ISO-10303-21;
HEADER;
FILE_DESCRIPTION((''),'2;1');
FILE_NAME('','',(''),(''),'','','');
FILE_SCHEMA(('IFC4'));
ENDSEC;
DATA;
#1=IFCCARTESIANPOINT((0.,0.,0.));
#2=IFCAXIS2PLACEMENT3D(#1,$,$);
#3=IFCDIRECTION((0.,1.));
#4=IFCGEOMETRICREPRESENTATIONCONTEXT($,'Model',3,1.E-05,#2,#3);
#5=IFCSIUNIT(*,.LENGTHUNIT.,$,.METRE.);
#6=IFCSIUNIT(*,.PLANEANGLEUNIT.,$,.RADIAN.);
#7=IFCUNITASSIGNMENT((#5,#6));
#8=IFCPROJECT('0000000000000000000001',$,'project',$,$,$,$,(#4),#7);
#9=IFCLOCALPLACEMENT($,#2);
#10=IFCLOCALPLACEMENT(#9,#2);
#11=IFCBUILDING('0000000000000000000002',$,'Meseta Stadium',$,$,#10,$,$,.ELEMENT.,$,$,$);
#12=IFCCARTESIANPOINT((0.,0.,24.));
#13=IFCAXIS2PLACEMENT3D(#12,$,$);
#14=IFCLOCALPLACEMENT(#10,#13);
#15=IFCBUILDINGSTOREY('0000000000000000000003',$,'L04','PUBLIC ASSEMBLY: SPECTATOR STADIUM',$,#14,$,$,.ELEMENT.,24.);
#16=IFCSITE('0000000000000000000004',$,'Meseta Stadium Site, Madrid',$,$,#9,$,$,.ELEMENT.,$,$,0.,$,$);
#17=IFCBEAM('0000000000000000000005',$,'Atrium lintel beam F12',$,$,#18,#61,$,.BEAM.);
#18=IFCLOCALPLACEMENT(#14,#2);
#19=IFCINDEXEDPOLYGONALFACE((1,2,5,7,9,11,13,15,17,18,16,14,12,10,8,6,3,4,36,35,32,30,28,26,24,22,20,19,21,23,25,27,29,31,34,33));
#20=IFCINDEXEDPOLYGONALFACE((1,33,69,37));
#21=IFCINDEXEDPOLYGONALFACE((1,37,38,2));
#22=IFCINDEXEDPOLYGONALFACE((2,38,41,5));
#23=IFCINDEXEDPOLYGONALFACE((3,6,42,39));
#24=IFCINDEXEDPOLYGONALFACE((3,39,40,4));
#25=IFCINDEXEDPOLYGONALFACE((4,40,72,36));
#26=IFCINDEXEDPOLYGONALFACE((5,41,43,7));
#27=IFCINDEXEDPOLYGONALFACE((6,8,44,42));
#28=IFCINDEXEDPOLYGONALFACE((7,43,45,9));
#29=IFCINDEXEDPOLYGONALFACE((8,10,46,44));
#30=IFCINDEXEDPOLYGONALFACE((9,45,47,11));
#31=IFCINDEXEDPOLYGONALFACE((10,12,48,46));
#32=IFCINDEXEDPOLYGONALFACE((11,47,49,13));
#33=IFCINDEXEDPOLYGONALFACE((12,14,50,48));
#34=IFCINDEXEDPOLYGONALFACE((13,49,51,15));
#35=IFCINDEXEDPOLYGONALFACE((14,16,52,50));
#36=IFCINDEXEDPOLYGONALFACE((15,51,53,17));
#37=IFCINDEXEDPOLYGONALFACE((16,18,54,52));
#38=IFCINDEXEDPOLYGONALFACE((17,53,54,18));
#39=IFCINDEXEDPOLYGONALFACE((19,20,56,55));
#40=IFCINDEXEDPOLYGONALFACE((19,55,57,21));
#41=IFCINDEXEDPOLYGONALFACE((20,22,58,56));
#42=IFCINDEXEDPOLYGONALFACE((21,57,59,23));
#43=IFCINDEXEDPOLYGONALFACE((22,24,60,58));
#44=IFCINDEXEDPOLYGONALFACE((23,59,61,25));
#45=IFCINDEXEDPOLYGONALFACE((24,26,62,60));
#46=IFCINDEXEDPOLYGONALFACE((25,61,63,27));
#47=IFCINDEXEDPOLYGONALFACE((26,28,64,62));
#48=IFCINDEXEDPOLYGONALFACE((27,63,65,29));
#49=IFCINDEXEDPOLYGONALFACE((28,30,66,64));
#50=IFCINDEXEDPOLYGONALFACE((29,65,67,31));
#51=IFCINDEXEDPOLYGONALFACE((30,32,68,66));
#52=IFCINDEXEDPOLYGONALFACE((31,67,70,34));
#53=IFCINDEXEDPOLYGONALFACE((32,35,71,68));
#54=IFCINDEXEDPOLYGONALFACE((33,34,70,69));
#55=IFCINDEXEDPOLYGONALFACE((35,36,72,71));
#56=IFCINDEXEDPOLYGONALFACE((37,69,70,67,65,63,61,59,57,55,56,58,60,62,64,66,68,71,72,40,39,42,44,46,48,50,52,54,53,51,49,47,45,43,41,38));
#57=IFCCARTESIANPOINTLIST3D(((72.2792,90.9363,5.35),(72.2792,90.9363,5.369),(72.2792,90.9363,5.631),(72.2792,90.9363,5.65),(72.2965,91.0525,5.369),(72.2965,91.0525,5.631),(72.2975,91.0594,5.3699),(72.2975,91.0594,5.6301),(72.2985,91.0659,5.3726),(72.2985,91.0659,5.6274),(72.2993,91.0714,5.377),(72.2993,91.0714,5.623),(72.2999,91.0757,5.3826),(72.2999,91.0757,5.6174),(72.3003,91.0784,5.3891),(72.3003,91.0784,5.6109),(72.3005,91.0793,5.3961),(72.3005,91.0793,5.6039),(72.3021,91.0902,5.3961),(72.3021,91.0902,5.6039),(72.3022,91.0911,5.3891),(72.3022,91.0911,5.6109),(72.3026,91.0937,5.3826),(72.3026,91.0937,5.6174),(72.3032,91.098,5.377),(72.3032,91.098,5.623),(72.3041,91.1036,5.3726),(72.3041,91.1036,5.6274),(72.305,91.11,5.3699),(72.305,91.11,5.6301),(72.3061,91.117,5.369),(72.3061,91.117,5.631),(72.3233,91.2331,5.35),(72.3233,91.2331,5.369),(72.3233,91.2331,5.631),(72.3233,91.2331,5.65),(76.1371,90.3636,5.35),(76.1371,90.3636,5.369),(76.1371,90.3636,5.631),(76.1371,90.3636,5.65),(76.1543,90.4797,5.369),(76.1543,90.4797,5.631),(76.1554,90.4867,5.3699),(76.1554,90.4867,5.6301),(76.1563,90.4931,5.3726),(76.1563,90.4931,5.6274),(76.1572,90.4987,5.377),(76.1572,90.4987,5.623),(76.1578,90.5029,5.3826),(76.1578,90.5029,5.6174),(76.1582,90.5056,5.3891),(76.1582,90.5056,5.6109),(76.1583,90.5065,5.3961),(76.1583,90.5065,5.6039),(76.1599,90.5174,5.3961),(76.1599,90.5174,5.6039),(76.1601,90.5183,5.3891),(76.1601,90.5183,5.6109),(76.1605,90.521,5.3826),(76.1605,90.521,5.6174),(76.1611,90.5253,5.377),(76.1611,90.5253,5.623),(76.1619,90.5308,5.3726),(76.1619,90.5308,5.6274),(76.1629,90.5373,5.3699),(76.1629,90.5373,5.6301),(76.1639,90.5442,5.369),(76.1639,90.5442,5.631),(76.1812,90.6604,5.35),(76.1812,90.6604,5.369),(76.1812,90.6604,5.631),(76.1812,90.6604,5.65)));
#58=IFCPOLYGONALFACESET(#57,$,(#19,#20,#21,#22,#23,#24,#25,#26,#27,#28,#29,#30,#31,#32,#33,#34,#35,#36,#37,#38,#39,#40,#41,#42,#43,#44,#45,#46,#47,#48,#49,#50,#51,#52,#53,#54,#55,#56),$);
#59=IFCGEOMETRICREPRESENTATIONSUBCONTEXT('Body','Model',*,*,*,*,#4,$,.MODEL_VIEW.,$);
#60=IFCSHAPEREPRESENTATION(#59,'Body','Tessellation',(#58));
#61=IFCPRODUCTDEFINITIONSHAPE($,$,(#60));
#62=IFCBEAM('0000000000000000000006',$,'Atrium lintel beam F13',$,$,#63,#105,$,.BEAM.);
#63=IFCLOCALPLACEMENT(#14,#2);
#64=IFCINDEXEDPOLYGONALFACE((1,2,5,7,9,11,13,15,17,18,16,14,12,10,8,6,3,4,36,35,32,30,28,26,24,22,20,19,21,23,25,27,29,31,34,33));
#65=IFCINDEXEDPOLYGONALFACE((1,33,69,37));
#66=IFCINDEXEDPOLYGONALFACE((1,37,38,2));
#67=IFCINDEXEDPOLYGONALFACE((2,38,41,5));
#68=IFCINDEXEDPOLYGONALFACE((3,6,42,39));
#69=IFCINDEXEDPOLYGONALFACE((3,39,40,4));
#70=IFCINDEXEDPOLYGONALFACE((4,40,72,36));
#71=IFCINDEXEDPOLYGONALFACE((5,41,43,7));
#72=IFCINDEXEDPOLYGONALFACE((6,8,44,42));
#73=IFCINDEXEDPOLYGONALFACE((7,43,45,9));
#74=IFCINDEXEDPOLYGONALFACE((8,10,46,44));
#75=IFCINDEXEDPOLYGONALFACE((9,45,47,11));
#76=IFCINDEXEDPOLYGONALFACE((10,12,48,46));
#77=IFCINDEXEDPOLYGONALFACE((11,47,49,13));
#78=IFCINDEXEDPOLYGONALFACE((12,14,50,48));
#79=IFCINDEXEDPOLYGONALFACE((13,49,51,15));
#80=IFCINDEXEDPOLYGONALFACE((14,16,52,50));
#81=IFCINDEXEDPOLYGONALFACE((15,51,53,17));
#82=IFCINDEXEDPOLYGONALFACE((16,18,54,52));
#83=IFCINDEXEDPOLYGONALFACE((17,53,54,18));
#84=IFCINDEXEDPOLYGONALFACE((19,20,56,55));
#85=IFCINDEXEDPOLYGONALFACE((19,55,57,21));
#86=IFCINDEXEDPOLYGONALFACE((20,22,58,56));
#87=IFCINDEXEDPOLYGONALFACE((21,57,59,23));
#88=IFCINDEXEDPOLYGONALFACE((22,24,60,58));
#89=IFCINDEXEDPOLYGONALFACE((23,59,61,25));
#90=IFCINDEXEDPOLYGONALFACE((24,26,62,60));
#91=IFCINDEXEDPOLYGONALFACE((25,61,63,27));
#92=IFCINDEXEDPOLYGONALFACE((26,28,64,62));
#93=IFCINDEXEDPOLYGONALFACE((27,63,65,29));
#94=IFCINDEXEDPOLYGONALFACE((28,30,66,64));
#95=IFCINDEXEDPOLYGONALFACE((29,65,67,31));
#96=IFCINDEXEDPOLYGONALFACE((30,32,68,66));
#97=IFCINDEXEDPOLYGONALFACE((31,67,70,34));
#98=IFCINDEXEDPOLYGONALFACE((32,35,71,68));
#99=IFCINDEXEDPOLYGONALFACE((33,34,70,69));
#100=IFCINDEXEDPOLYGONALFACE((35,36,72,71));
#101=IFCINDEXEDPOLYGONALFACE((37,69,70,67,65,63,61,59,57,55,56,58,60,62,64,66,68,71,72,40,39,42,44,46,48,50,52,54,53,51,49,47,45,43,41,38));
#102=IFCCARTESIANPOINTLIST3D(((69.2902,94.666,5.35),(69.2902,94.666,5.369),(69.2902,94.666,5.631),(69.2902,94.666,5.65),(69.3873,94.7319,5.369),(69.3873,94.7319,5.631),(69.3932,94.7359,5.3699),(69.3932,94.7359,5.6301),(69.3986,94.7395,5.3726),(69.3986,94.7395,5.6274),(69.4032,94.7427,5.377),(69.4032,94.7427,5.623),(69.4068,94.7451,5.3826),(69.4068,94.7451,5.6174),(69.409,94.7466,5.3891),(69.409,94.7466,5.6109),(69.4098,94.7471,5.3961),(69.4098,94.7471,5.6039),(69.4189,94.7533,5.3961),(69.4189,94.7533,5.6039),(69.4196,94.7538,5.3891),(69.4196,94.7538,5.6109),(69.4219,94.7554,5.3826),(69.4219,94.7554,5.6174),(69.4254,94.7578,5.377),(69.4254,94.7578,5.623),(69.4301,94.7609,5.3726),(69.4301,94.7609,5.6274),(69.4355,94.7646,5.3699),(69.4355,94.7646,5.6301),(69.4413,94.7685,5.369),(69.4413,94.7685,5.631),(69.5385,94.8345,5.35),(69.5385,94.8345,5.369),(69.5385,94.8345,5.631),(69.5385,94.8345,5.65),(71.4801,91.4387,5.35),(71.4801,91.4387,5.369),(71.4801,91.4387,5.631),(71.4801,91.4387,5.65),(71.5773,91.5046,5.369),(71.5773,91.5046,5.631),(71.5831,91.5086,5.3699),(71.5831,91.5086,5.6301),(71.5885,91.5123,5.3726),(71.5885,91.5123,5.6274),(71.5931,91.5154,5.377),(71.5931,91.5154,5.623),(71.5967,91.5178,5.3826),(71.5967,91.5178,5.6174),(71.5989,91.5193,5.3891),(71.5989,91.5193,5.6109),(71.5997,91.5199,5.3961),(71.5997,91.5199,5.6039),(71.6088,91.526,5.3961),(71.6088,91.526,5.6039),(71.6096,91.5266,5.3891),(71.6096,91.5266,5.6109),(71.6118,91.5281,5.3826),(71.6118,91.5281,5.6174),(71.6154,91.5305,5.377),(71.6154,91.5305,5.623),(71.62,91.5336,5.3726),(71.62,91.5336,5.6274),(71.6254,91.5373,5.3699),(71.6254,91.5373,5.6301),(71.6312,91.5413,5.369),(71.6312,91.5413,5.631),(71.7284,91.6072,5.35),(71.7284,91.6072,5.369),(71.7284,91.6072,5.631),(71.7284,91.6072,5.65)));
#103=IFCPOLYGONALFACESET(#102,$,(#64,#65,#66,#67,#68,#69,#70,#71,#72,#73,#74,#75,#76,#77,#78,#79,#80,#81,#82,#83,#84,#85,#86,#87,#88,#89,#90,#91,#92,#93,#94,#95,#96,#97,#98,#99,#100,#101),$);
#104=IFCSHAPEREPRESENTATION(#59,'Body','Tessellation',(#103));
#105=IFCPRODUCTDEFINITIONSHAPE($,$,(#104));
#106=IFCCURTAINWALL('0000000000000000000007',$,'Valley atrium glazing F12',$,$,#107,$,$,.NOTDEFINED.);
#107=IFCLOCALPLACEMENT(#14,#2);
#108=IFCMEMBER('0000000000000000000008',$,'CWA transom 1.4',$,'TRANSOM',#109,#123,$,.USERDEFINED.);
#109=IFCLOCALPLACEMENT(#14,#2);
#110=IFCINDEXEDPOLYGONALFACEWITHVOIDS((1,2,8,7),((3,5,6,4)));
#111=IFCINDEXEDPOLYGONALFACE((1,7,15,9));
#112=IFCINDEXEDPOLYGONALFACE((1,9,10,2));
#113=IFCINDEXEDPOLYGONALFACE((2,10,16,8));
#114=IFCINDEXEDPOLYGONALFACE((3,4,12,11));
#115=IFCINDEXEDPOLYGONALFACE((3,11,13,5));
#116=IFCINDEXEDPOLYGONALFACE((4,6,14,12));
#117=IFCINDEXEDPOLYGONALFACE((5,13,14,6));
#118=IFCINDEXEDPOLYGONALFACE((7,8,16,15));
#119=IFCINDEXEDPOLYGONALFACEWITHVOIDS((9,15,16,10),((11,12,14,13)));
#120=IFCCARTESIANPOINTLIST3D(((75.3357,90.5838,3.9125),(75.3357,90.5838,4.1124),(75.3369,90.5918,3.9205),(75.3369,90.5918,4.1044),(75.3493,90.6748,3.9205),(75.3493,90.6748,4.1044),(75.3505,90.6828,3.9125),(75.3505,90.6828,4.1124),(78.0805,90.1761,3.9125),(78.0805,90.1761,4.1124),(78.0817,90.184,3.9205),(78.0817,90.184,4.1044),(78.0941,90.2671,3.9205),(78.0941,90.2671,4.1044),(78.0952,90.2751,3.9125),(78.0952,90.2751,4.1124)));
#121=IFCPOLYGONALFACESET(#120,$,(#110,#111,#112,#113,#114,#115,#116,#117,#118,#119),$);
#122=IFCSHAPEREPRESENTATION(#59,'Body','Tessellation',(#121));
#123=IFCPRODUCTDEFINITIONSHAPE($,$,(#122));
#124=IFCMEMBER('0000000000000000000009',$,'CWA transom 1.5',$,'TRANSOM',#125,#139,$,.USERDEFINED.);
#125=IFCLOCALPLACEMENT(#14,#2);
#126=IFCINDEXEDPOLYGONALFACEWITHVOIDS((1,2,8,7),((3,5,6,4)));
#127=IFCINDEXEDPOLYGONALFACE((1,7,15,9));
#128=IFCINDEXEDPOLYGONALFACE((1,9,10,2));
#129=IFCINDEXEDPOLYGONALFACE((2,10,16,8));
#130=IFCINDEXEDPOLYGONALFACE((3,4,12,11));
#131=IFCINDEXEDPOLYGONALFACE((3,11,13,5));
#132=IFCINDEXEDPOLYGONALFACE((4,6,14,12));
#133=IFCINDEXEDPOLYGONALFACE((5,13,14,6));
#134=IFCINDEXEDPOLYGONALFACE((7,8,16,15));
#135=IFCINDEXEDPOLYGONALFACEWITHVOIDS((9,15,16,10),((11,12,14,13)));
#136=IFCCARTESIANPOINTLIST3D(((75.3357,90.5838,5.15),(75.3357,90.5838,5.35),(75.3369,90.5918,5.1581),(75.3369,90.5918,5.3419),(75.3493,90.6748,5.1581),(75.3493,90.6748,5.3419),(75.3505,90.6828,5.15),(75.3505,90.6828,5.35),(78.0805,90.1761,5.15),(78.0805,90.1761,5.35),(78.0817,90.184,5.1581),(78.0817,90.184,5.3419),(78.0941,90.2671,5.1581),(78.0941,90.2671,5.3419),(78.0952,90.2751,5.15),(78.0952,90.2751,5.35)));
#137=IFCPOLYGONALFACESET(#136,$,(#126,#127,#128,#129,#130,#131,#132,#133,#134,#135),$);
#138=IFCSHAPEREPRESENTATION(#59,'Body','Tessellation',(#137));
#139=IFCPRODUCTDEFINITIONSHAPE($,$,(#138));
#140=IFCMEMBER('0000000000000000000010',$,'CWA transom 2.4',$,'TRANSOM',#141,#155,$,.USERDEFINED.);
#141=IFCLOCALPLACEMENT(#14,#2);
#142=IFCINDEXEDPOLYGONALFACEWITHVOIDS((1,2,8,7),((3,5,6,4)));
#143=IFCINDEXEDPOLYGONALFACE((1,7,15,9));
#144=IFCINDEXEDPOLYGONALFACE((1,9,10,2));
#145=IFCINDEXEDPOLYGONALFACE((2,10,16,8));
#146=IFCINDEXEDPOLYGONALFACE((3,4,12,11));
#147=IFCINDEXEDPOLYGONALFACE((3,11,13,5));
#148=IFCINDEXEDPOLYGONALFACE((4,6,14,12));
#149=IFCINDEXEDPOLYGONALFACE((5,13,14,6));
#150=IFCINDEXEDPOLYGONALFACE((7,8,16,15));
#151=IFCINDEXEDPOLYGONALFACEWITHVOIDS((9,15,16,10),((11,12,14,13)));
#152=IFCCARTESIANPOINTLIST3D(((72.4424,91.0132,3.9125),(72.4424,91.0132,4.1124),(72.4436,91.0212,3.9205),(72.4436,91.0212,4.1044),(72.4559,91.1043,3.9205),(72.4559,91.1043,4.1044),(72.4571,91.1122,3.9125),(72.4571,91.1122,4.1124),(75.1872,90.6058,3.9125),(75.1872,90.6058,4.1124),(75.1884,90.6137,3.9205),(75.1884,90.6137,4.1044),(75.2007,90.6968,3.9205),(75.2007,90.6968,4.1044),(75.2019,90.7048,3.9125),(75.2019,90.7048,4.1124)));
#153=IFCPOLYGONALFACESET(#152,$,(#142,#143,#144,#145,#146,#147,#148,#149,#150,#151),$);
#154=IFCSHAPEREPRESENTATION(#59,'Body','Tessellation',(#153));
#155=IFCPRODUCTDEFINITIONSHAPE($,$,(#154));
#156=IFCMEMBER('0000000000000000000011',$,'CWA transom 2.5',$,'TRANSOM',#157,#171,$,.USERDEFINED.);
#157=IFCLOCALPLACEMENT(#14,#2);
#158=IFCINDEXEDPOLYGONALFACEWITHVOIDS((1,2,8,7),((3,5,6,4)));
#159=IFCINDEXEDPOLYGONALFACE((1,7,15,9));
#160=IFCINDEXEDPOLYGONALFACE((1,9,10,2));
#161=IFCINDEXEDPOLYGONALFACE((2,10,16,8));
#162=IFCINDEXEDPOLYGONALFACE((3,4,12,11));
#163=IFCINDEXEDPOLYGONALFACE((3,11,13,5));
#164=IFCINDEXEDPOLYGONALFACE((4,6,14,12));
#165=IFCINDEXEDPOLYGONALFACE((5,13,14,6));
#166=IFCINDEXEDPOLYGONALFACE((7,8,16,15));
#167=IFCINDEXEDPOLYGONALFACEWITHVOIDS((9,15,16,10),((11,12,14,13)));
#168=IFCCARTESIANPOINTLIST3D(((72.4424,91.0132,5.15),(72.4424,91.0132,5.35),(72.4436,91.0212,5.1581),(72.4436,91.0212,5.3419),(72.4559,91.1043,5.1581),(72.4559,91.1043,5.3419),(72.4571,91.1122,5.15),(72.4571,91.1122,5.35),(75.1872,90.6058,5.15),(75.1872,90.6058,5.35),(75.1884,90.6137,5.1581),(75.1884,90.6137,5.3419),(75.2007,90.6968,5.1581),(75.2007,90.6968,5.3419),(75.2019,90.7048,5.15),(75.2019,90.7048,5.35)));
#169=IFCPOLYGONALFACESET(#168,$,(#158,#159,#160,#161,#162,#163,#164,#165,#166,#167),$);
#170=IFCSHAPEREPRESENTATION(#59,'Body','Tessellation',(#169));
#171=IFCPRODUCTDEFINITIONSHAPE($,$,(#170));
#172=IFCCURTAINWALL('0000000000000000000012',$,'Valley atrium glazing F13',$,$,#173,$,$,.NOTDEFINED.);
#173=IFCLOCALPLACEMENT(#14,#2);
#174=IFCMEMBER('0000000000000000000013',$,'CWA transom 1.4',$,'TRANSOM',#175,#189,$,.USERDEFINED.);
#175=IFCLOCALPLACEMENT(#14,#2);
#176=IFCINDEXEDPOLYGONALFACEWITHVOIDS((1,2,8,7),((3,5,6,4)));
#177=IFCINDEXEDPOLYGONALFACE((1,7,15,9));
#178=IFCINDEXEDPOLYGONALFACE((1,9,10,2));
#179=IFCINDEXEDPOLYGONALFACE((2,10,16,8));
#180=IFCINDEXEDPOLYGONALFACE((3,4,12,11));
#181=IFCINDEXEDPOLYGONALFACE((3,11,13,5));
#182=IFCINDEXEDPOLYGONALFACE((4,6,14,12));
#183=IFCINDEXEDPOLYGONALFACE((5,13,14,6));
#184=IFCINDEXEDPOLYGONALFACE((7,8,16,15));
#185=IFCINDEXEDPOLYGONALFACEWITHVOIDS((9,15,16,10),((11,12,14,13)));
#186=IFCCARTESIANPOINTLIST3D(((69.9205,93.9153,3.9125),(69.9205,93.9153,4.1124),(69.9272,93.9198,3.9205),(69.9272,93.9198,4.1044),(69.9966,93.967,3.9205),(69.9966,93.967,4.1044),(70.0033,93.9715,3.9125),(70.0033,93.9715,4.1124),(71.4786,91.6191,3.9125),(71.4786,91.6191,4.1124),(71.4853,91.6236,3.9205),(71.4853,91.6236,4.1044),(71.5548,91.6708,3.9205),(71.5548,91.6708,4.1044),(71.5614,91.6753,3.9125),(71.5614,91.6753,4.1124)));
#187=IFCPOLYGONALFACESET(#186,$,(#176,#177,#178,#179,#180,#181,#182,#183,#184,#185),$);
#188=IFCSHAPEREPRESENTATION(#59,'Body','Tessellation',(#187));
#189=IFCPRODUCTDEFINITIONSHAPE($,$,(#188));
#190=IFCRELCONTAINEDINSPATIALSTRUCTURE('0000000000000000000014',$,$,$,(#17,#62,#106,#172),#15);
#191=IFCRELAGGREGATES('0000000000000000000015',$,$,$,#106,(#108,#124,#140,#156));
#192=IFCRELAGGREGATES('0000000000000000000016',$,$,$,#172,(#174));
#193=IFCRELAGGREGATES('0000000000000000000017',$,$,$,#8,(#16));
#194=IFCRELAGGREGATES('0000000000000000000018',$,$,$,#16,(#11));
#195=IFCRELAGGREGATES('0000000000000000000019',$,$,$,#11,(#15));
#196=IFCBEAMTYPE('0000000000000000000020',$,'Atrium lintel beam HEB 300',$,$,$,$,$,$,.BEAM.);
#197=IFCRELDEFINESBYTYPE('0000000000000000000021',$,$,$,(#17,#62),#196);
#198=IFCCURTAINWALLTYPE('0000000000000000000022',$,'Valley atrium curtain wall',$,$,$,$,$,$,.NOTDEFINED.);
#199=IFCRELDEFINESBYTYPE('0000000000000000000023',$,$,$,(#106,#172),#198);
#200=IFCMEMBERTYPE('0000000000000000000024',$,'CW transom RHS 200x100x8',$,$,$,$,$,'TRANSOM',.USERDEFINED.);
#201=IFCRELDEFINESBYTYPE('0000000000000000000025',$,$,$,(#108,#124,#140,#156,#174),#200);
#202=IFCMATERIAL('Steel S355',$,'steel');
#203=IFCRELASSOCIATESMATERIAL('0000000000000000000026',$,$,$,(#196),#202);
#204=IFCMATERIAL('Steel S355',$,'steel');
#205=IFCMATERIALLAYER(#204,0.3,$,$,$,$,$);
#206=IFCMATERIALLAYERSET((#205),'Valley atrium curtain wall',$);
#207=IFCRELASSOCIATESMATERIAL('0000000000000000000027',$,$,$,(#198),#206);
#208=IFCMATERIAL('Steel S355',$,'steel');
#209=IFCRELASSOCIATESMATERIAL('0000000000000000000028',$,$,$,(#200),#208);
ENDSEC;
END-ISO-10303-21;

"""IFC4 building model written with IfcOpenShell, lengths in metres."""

from ifc_helpers import new_model, si_unit, direction, frame, origin, origin_2d, place, context, subcontext, project, spatial, hollow_rectangle, i_section, extrude, material, layer, layer_set, material_profile, profile_set, type_object, element, aggregate, save


model = new_model("IFC4")

# Units and contexts
model_context = context("Model", 3, precision=1e-05, world=origin(), true_north=direction((0.0, 1.0)))
body_context = subcontext(model_context, "Body", "Model", "MODEL_VIEW")
ifc_project = project(units=[si_unit("LENGTHUNIT", "METRE"), si_unit("PLANEANGLEUNIT", "RADIAN")], contexts=[model_context])

# Site, building, storey
site_placement = place(None, origin())
site = spatial("IfcSite", under=ifc_project, at=site_placement, Name="Meseta Stadium Site, Madrid", CompositionType="ELEMENT", RefElevation=0.0)
building_placement = place(site_placement, origin())
building = spatial("IfcBuilding", under=site, at=building_placement, Name="Meseta Stadium", CompositionType="ELEMENT")
storey_placement = place(building_placement, frame((0.0, 0.0, 24.0)))
storey = spatial("IfcBuildingStorey", under=building, at=storey_placement, Name="L04", Description="PUBLIC ASSEMBLY: SPECTATOR STADIUM", CompositionType="ELEMENT", Elevation=24.0)

# Beams
ifc_material_1 = material(Name="Steel S355", Category="steel")
ifc_material_profile_1 = material_profile(ifc_material_1, i_section(OverallWidth=0.3, OverallDepth=0.3, WebThickness=0.011, FlangeThickness=0.019, FilletRadius=0.0271, at=origin_2d()), Name="HEB 300")
ifc_profile_set_1 = profile_set([ifc_material_profile_1], Name="Steel S355")
beam_type = type_object("IfcBeamType", Name="Atrium lintel beam HEB 300", PredefinedType="BEAM", material=ifc_profile_set_1)
for number, where, z_axis, x_axis, name in (
    (1, (72.3013, 91.0847, 5.5), (0.989158, -0.146853, 0.0), (0.146853, 0.989158, 0.0), "Atrium lintel beam F12"),
    (2, (71.6042, 91.5229, 5.5), (-0.5615, 0.827477, 0.0), (-0.827477, -0.5615, 0.0), "Atrium lintel beam F13"),
):
    element("IfcBeam", number, at=place(storey_placement, frame(where, z_axis=z_axis, x_axis=x_axis)), inside=storey, type_object=beam_type, Name=name, PredefinedType="BEAM", context=body_context, shape_type="SweptSolid", body=[
        extrude(i_section(OverallWidth=0.3, OverallDepth=0.3, WebThickness=0.011, FlangeThickness=0.019, FilletRadius=0.0271, at=origin_2d()), origin(), (0.0, 0.0, 1.0), 3.9001),
    ])

# Curtain walls, members
ifc_material_2 = material(Name="Steel S355", Category="steel")
ifc_layer_1 = layer(ifc_material_2, 0.3)
ifc_layer_set_1 = layer_set([ifc_layer_1], Name="Valley atrium curtain wall")
curtain_wall_type = type_object("IfcCurtainWallType", Name="Valley atrium curtain wall", PredefinedType="NOTDEFINED", material=ifc_layer_set_1)
curtain_wall_1_placement = place(storey_placement, origin())
curtain_wall_1 = element("IfcCurtainWall", 3, at=curtain_wall_1_placement, inside=storey, type_object=curtain_wall_type, Name="Valley atrium glazing F12", PredefinedType="NOTDEFINED")
ifc_material_3 = material(Name="Steel S355", Category="steel")
ifc_material_profile_2 = material_profile(ifc_material_3, hollow_rectangle(XDim=0.1001, YDim=0.2, WallThickness=0.0081, at=origin_2d()), Name="RHS 200x100x8")
ifc_profile_set_2 = profile_set([ifc_material_profile_2], Name="Steel S355")
member_type_1 = type_object("IfcMemberType", Name="CW transom RHS 200x100x8", ElementType="TRANSOM", PredefinedType="USERDEFINED", material=ifc_profile_set_2)
member_1_placement = place(storey_placement, frame((78.0879, 90.2256, 4.0125), z_axis=(-0.989148, 0.146925, 0.0), x_axis=(-0.146925, -0.989148, 0.0)))
member_1 = element("IfcMember", 4, at=member_1_placement, type_object=member_type_1, Name="CWA transom 1.4", ObjectType="TRANSOM", PredefinedType="USERDEFINED", context=body_context, shape_type="SweptSolid", body=[
    extrude(hollow_rectangle(XDim=0.1001, YDim=0.2, WallThickness=0.0081, at=origin_2d()), origin(), (0.0, 0.0, 1.0), 2.7749),
])
member_2_placement = place(storey_placement, frame((78.0879, 90.2256, 5.25), z_axis=(-0.989148, 0.146925, 0.0), x_axis=(-0.146925, -0.989148, 0.0)))
member_2 = element("IfcMember", 5, at=member_2_placement, type_object=member_type_1, Name="CWA transom 1.5", ObjectType="TRANSOM", PredefinedType="USERDEFINED", context=body_context, shape_type="SweptSolid", body=[
    extrude(hollow_rectangle(XDim=0.1001, YDim=0.2, WallThickness=0.0081, at=origin_2d()), origin(), (0.0, 0.0, 1.0), 2.7749),
])
member_3_placement = place(storey_placement, frame((75.1946, 90.6553, 4.0125), z_axis=(-0.98916, 0.146839, 0.0), x_axis=(-0.146839, -0.98916, 0.0)))
member_3 = element("IfcMember", 6, at=member_3_placement, type_object=member_type_1, Name="CWA transom 2.4", ObjectType="TRANSOM", PredefinedType="USERDEFINED", context=body_context, shape_type="SweptSolid", body=[
    extrude(hollow_rectangle(XDim=0.1001, YDim=0.2, WallThickness=0.0081, at=origin_2d()), origin(), (0.0, 0.0, 1.0), 2.7749),
])
member_4_placement = place(storey_placement, frame((75.1946, 90.6553, 5.25), z_axis=(-0.98916, 0.146839, 0.0), x_axis=(-0.146839, -0.98916, 0.0)))
member_4 = element("IfcMember", 7, at=member_4_placement, type_object=member_type_1, Name="CWA transom 2.5", ObjectType="TRANSOM", PredefinedType="USERDEFINED", context=body_context, shape_type="SweptSolid", body=[
    extrude(hollow_rectangle(XDim=0.1001, YDim=0.2, WallThickness=0.0081, at=origin_2d()), origin(), (0.0, 0.0, 1.0), 2.7749),
])
curtain_wall_2_placement = place(storey_placement, origin())
curtain_wall_2 = element("IfcCurtainWall", 8, at=curtain_wall_2_placement, inside=storey, type_object=curtain_wall_type, Name="Valley atrium glazing F13", PredefinedType="NOTDEFINED")
member_5_placement = place(storey_placement, frame((71.52, 91.6472, 4.0125), z_axis=(-0.561504, 0.827474, 0.0), x_axis=(-0.827474, -0.561504, 0.0)))
member_5 = element("IfcMember", 9, at=member_5_placement, type_object=member_type_1, Name="CWA transom 1.4", ObjectType="TRANSOM", PredefinedType="USERDEFINED", context=body_context, shape_type="SweptSolid", body=[
    extrude(hollow_rectangle(XDim=0.1001, YDim=0.2, WallThickness=0.0081, at=origin_2d()), origin(), (0.0, 0.0, 1.0), 2.7749),
])

aggregate(curtain_wall_1, [member_1, member_2, member_3, member_4])
aggregate(curtain_wall_2, [member_5])

save(model, "model.ifc")
